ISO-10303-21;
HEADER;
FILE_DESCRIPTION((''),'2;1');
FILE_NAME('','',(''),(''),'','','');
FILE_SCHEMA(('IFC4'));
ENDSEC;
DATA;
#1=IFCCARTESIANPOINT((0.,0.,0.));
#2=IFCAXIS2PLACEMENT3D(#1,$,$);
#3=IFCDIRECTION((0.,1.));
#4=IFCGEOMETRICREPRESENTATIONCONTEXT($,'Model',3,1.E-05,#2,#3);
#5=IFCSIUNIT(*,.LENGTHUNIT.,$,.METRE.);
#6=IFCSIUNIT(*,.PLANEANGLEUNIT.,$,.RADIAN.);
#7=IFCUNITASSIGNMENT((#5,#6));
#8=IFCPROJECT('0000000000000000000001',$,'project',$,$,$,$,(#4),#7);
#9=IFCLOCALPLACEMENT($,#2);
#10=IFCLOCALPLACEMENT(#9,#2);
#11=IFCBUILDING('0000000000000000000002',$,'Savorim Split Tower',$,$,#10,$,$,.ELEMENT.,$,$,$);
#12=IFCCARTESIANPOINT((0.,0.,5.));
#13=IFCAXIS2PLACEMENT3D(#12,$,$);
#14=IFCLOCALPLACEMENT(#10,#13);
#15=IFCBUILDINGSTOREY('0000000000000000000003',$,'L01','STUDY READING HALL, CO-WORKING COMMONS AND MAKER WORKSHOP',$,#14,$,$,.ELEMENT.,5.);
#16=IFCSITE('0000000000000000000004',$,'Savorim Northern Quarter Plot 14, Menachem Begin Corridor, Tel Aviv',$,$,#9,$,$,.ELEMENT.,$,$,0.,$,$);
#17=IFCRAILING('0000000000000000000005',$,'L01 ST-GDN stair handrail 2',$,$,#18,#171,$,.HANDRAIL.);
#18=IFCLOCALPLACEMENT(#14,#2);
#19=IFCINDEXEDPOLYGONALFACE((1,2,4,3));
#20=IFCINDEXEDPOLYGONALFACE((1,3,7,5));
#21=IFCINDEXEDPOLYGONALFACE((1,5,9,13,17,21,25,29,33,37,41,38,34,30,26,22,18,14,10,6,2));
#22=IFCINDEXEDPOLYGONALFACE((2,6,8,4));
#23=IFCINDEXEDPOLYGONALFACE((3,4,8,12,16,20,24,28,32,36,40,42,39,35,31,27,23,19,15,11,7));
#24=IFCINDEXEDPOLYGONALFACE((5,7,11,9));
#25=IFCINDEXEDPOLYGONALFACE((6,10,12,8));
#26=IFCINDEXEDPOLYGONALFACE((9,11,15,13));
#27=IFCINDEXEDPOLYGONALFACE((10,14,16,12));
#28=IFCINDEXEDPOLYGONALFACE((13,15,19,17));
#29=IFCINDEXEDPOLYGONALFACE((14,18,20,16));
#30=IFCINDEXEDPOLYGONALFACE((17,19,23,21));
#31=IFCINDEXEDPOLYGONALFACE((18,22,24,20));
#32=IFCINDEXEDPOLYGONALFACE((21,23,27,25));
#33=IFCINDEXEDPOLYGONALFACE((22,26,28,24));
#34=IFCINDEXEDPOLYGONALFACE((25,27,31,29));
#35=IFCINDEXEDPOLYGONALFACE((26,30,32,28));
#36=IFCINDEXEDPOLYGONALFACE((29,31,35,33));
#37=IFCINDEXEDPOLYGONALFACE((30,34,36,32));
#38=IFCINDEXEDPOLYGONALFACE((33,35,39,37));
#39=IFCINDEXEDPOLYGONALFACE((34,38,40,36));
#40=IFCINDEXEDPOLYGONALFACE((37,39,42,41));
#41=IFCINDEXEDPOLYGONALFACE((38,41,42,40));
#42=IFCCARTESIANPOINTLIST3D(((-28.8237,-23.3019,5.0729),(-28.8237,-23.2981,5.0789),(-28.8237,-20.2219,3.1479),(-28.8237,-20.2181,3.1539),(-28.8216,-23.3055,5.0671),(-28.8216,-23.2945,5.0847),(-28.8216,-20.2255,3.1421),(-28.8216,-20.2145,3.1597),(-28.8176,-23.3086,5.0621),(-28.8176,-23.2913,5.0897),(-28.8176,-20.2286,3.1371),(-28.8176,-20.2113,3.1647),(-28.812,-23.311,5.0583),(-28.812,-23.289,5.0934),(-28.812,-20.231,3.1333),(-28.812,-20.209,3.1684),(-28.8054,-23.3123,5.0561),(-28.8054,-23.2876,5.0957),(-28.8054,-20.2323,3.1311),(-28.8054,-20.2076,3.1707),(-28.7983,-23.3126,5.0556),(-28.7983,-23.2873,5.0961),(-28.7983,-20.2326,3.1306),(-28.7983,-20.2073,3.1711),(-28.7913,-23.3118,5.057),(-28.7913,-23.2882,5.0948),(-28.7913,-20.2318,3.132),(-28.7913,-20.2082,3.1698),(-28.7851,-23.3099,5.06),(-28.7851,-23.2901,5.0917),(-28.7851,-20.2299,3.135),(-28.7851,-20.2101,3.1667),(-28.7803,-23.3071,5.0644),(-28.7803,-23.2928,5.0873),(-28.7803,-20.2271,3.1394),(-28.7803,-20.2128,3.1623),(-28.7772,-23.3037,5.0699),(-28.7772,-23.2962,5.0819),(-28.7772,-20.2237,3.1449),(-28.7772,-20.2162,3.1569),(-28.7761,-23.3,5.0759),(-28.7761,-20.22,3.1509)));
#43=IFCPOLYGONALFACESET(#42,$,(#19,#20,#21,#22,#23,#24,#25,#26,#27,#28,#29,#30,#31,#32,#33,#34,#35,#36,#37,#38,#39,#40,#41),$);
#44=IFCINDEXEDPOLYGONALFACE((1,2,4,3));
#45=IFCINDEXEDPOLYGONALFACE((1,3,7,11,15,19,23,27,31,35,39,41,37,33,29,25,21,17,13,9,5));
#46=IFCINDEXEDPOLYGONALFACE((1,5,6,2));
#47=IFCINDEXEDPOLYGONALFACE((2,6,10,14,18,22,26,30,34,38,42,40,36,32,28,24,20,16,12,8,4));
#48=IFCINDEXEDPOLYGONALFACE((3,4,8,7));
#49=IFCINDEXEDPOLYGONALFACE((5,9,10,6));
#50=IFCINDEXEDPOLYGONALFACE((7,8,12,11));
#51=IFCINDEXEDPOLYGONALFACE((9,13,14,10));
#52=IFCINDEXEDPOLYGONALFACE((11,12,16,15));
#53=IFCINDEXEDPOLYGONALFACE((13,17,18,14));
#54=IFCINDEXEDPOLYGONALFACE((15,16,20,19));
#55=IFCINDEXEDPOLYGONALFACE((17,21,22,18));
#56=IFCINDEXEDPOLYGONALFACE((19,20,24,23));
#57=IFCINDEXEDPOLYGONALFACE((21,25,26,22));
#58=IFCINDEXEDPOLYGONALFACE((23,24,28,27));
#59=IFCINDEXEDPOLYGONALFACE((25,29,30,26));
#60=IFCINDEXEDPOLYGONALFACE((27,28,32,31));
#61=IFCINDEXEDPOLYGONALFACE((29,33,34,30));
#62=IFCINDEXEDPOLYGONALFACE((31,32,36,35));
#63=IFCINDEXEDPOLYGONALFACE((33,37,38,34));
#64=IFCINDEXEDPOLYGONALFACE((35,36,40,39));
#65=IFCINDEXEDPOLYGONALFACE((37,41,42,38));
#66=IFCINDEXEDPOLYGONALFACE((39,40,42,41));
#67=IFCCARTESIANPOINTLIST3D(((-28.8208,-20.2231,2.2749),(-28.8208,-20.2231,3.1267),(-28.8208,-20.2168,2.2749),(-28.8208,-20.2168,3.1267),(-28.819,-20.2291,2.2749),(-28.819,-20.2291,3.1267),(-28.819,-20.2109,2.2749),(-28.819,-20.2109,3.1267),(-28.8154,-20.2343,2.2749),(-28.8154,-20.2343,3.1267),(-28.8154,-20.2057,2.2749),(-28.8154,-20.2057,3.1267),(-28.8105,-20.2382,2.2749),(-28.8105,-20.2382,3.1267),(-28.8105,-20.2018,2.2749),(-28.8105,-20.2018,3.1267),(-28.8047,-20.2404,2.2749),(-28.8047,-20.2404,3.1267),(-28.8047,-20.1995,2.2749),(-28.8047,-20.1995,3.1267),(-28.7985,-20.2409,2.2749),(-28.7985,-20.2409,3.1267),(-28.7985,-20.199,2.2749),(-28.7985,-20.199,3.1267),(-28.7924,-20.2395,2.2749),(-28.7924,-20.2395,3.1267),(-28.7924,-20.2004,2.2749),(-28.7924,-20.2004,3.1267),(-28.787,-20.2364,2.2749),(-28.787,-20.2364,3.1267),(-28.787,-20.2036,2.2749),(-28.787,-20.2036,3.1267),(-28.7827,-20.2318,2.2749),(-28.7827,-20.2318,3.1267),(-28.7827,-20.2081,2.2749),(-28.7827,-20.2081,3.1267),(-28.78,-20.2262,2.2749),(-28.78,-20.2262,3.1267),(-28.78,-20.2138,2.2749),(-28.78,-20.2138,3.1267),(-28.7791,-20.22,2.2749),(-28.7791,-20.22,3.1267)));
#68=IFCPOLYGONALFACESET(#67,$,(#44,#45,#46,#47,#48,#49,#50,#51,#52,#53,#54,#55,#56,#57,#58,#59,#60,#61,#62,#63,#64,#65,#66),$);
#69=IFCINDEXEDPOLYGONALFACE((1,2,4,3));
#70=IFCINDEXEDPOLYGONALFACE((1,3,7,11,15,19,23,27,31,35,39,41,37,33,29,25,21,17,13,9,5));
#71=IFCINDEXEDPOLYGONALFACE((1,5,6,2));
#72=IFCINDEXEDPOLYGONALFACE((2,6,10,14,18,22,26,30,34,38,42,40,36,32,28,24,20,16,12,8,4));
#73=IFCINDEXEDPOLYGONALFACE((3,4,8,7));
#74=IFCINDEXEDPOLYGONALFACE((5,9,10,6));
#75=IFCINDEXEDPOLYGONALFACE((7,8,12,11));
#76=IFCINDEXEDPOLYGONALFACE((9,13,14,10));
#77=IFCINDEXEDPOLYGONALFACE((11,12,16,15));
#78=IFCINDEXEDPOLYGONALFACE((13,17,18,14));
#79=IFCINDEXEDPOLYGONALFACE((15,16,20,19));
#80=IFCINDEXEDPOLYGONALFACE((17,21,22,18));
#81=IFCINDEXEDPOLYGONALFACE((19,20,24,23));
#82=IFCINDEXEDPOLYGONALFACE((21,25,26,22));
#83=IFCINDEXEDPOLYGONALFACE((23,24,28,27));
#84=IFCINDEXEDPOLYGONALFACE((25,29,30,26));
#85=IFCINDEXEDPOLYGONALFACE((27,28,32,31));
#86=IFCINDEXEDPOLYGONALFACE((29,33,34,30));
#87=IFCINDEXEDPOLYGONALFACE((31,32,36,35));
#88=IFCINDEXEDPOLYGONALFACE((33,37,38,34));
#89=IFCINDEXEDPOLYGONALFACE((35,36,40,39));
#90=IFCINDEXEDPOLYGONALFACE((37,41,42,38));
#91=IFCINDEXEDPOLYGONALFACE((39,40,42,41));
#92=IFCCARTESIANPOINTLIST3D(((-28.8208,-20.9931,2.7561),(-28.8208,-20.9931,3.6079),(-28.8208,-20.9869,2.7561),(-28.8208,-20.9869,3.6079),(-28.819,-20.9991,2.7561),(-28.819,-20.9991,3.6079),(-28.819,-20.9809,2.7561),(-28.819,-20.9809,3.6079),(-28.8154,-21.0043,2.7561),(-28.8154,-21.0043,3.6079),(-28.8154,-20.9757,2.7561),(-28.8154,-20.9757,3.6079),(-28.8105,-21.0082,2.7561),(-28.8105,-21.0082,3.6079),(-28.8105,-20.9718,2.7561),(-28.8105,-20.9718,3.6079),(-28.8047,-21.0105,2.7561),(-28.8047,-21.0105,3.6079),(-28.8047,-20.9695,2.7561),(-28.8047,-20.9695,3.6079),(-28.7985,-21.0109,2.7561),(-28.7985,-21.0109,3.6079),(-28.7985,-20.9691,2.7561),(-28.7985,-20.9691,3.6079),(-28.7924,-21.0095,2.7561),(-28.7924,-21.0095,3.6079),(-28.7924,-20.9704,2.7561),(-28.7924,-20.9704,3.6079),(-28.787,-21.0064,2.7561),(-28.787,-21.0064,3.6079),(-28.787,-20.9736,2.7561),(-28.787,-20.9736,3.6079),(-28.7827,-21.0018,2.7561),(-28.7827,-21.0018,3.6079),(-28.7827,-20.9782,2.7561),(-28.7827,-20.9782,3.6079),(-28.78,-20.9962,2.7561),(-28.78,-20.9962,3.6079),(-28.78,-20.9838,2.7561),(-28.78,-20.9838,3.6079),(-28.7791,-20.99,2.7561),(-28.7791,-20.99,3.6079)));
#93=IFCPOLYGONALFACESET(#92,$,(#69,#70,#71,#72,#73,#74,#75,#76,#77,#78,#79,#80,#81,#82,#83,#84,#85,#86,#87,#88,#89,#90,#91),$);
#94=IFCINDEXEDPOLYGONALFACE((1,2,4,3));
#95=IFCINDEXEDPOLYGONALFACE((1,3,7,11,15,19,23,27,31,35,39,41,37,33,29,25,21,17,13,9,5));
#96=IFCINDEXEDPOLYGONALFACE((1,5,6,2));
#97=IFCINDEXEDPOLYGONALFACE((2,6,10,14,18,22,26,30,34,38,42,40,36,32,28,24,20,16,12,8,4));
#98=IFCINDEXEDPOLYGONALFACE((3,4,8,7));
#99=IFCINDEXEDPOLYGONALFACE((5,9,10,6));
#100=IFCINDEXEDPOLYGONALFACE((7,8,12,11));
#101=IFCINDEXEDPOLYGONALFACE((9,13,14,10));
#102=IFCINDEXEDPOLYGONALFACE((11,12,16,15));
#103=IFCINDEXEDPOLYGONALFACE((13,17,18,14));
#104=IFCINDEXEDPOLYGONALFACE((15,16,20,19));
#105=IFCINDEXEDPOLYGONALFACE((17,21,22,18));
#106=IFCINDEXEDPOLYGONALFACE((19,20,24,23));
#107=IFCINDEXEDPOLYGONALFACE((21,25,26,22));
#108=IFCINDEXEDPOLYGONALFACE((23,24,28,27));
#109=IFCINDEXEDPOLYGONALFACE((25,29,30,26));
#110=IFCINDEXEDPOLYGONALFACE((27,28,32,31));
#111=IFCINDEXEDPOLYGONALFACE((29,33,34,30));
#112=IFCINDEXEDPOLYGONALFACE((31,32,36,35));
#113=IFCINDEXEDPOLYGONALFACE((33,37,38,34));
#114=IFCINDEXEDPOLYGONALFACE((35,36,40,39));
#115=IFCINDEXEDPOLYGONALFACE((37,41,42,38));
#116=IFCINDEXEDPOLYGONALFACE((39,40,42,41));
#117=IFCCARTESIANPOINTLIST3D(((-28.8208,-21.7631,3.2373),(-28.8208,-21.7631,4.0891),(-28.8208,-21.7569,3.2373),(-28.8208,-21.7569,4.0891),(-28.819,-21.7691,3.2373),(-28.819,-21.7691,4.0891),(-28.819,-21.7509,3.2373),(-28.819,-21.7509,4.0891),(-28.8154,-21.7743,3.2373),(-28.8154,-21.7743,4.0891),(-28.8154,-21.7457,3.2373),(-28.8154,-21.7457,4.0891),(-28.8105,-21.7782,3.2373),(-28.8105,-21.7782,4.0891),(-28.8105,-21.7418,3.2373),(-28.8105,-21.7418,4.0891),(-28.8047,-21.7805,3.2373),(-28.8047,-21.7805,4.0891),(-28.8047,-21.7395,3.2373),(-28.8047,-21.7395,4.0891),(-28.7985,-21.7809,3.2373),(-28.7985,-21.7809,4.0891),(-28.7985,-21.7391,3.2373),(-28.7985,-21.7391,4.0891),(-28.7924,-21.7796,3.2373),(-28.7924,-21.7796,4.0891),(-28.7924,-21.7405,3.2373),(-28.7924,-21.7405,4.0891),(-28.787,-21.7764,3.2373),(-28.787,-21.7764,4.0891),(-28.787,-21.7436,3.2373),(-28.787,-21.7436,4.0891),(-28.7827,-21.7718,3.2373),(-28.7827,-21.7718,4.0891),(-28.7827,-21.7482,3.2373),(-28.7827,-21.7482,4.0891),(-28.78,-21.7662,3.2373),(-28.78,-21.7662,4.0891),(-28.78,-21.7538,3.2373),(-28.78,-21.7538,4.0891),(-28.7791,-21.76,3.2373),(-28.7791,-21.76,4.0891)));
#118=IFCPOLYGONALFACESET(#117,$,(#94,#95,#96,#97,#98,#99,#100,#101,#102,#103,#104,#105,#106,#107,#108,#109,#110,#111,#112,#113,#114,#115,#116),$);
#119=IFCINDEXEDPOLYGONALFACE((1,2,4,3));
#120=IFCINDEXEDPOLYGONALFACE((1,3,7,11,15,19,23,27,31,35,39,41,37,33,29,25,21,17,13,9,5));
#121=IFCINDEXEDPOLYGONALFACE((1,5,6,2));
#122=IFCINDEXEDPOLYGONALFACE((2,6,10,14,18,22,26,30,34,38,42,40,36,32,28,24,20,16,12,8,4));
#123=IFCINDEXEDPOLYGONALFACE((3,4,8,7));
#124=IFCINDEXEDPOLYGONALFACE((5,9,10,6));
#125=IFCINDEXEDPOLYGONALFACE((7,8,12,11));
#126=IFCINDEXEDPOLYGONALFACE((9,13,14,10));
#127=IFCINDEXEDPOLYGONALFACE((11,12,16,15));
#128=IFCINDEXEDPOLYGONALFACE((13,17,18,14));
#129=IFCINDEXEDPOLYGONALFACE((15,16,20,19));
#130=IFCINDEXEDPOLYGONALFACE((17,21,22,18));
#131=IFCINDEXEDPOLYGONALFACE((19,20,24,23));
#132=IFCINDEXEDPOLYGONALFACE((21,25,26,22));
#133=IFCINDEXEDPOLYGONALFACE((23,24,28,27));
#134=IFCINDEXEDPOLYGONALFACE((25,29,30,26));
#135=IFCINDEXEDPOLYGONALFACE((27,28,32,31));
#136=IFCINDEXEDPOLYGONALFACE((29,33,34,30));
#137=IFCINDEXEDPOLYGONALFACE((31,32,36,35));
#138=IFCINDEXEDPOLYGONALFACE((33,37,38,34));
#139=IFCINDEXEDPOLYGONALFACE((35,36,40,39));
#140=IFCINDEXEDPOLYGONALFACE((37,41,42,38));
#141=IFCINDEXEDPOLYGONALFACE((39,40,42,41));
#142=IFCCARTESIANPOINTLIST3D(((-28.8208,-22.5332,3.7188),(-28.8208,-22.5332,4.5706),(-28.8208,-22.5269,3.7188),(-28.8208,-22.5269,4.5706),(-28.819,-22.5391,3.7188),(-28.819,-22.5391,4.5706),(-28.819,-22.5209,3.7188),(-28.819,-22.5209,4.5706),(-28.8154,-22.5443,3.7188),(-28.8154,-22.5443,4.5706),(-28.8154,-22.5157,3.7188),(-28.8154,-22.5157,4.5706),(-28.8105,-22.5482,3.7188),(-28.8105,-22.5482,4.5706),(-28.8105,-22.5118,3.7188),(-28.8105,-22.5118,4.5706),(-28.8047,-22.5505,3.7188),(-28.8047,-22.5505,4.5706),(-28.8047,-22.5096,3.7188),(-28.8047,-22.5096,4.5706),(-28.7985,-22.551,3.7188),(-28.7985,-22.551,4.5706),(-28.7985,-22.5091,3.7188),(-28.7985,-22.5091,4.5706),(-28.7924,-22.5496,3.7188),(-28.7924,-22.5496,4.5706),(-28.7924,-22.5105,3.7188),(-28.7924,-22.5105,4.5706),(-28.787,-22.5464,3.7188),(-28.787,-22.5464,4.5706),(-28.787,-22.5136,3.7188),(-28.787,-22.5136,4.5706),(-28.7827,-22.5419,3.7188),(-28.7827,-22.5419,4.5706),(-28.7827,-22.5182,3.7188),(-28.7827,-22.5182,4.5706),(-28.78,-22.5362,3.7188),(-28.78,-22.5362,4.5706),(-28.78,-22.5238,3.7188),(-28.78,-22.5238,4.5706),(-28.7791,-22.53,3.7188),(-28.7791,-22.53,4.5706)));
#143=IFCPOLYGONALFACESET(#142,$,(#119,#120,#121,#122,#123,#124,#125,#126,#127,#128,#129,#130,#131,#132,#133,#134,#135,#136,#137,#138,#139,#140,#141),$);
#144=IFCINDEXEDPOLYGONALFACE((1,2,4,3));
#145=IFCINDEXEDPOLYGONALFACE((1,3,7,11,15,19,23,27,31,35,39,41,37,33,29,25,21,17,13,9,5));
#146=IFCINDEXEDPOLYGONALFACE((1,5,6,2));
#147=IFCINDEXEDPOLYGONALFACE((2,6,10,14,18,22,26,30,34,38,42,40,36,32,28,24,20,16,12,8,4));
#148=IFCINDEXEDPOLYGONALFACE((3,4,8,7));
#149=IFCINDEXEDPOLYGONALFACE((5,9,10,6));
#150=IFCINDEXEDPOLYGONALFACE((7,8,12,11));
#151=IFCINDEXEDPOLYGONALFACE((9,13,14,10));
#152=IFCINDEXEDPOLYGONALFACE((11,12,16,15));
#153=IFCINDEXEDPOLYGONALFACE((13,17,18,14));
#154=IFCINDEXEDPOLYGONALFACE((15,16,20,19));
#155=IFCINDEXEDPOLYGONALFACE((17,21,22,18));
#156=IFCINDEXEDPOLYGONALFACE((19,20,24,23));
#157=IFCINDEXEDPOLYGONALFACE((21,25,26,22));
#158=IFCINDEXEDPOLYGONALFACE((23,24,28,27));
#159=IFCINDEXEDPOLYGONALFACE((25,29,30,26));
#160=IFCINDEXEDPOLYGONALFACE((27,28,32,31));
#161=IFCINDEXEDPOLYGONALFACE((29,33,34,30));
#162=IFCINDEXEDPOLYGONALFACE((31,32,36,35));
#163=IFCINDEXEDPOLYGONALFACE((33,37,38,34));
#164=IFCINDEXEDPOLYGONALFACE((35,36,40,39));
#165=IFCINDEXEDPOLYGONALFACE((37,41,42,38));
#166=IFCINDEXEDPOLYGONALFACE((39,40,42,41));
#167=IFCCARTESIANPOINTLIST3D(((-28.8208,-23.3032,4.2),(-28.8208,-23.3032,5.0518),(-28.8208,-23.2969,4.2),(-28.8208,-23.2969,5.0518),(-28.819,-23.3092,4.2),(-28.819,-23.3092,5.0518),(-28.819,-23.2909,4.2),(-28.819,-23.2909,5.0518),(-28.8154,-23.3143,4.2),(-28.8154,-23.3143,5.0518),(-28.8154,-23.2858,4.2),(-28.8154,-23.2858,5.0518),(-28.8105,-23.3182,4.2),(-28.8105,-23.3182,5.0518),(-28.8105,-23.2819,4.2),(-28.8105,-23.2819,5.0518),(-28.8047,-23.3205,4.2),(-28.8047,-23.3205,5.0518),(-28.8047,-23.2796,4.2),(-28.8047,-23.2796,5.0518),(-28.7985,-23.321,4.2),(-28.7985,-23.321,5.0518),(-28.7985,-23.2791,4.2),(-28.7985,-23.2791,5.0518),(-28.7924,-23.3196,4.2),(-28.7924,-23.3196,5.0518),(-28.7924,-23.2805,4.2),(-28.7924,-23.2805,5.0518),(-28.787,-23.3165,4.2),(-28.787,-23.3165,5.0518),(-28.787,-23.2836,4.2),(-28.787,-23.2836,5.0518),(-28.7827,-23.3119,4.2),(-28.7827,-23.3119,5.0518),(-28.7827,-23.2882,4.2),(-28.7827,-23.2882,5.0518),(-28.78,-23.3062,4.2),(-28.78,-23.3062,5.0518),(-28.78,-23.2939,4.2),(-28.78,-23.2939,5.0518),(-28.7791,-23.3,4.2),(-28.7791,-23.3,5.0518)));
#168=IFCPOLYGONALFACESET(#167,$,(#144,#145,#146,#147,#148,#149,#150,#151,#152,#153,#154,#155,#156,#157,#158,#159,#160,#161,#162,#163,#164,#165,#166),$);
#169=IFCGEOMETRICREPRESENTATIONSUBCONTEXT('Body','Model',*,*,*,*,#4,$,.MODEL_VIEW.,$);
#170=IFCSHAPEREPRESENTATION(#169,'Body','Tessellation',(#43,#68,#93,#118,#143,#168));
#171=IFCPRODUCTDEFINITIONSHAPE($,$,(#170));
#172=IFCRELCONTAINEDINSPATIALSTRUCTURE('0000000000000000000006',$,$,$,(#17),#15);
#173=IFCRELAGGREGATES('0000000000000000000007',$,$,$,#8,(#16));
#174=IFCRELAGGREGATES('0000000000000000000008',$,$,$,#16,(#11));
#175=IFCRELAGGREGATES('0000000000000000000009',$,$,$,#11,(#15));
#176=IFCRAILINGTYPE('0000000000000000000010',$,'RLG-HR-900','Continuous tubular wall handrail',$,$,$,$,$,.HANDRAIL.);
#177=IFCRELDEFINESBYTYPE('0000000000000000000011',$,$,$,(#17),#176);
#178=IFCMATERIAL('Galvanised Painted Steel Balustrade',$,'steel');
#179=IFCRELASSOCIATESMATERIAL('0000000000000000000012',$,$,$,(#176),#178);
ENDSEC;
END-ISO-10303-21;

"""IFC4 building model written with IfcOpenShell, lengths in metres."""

from ifc_helpers import new_model, si_unit, direction, frame, origin, origin_2d, place, context, subcontext, project, spatial, circle, extrude, material, type_object, element, save


model = new_model("IFC4")

# Units and contexts
model_context = context("Model", 3, precision=1e-05, world=origin(), true_north=direction((0.0, 1.0)))
body_context = subcontext(model_context, "Body", "Model", "MODEL_VIEW")
ifc_project = project(units=[si_unit("LENGTHUNIT", "METRE"), si_unit("PLANEANGLEUNIT", "RADIAN")], contexts=[model_context])

# Site, building, storey
site_placement = place(None, origin())
site = spatial("IfcSite", under=ifc_project, at=site_placement, Name="Savorim Northern Quarter Plot 14, Menachem Begin Corridor, Tel Aviv", CompositionType="ELEMENT", RefElevation=0.0)
building_placement = place(site_placement, origin())
building = spatial("IfcBuilding", under=site, at=building_placement, Name="Savorim Split Tower", CompositionType="ELEMENT")
storey_placement = place(building_placement, frame((0.0, 0.0, 5.0)))
storey = spatial("IfcBuildingStorey", under=building, at=storey_placement, Name="L01", Description="STUDY READING HALL, CO-WORKING COMMONS AND MAKER WORKSHOP", CompositionType="ELEMENT", Elevation=5.0)

# Railing
ifc_material_1 = material(Name="Galvanised Painted Steel Balustrade", Category="steel")
railing_type_1 = type_object("IfcRailingType", Name="RLG-HR-900", Description="Continuous tubular wall handrail", PredefinedType="HANDRAIL", material=ifc_material_1)
railing_1_placement = place(storey_placement, frame((-28.8, -20.22, 2.2749)))
element("IfcRailing", 1, at=railing_1_placement, inside=storey, type_object=railing_type_1, Name="L01 ST-GDN stair handrail 2", PredefinedType="HANDRAIL", context=body_context, shape_type="SweptSolid", body=[
    extrude(circle(Radius=0.0239, at=origin_2d()), frame((0.0, 0.0, 0.876), z_axis=(0.0, -0.847998, 0.529999), x_axis=(1.0, 0.0, 0.0)), (0.0, 0.0, 1.0), 3.6321),
    extrude(circle(Radius=0.021, at=origin_2d()), origin(), (0.0, 0.0, 1.0), 0.8518),
    extrude(circle(Radius=0.021, at=origin_2d()), frame((0.0, -0.77, 0.4812)), (0.0, 0.0, 1.0), 0.8518),
    extrude(circle(Radius=0.021, at=origin_2d()), frame((0.0, -1.54, 0.9624)), (0.0, 0.0, 1.0), 0.8518),
    extrude(circle(Radius=0.021, at=origin_2d()), frame((0.0, -2.3101, 1.4438)), (0.0, 0.0, 1.0), 0.8518),
    extrude(circle(Radius=0.021, at=origin_2d()), frame((0.0, -3.0801, 1.925)), (0.0, 0.0, 1.0), 0.8518),
])

save(model, "model.ifc")
